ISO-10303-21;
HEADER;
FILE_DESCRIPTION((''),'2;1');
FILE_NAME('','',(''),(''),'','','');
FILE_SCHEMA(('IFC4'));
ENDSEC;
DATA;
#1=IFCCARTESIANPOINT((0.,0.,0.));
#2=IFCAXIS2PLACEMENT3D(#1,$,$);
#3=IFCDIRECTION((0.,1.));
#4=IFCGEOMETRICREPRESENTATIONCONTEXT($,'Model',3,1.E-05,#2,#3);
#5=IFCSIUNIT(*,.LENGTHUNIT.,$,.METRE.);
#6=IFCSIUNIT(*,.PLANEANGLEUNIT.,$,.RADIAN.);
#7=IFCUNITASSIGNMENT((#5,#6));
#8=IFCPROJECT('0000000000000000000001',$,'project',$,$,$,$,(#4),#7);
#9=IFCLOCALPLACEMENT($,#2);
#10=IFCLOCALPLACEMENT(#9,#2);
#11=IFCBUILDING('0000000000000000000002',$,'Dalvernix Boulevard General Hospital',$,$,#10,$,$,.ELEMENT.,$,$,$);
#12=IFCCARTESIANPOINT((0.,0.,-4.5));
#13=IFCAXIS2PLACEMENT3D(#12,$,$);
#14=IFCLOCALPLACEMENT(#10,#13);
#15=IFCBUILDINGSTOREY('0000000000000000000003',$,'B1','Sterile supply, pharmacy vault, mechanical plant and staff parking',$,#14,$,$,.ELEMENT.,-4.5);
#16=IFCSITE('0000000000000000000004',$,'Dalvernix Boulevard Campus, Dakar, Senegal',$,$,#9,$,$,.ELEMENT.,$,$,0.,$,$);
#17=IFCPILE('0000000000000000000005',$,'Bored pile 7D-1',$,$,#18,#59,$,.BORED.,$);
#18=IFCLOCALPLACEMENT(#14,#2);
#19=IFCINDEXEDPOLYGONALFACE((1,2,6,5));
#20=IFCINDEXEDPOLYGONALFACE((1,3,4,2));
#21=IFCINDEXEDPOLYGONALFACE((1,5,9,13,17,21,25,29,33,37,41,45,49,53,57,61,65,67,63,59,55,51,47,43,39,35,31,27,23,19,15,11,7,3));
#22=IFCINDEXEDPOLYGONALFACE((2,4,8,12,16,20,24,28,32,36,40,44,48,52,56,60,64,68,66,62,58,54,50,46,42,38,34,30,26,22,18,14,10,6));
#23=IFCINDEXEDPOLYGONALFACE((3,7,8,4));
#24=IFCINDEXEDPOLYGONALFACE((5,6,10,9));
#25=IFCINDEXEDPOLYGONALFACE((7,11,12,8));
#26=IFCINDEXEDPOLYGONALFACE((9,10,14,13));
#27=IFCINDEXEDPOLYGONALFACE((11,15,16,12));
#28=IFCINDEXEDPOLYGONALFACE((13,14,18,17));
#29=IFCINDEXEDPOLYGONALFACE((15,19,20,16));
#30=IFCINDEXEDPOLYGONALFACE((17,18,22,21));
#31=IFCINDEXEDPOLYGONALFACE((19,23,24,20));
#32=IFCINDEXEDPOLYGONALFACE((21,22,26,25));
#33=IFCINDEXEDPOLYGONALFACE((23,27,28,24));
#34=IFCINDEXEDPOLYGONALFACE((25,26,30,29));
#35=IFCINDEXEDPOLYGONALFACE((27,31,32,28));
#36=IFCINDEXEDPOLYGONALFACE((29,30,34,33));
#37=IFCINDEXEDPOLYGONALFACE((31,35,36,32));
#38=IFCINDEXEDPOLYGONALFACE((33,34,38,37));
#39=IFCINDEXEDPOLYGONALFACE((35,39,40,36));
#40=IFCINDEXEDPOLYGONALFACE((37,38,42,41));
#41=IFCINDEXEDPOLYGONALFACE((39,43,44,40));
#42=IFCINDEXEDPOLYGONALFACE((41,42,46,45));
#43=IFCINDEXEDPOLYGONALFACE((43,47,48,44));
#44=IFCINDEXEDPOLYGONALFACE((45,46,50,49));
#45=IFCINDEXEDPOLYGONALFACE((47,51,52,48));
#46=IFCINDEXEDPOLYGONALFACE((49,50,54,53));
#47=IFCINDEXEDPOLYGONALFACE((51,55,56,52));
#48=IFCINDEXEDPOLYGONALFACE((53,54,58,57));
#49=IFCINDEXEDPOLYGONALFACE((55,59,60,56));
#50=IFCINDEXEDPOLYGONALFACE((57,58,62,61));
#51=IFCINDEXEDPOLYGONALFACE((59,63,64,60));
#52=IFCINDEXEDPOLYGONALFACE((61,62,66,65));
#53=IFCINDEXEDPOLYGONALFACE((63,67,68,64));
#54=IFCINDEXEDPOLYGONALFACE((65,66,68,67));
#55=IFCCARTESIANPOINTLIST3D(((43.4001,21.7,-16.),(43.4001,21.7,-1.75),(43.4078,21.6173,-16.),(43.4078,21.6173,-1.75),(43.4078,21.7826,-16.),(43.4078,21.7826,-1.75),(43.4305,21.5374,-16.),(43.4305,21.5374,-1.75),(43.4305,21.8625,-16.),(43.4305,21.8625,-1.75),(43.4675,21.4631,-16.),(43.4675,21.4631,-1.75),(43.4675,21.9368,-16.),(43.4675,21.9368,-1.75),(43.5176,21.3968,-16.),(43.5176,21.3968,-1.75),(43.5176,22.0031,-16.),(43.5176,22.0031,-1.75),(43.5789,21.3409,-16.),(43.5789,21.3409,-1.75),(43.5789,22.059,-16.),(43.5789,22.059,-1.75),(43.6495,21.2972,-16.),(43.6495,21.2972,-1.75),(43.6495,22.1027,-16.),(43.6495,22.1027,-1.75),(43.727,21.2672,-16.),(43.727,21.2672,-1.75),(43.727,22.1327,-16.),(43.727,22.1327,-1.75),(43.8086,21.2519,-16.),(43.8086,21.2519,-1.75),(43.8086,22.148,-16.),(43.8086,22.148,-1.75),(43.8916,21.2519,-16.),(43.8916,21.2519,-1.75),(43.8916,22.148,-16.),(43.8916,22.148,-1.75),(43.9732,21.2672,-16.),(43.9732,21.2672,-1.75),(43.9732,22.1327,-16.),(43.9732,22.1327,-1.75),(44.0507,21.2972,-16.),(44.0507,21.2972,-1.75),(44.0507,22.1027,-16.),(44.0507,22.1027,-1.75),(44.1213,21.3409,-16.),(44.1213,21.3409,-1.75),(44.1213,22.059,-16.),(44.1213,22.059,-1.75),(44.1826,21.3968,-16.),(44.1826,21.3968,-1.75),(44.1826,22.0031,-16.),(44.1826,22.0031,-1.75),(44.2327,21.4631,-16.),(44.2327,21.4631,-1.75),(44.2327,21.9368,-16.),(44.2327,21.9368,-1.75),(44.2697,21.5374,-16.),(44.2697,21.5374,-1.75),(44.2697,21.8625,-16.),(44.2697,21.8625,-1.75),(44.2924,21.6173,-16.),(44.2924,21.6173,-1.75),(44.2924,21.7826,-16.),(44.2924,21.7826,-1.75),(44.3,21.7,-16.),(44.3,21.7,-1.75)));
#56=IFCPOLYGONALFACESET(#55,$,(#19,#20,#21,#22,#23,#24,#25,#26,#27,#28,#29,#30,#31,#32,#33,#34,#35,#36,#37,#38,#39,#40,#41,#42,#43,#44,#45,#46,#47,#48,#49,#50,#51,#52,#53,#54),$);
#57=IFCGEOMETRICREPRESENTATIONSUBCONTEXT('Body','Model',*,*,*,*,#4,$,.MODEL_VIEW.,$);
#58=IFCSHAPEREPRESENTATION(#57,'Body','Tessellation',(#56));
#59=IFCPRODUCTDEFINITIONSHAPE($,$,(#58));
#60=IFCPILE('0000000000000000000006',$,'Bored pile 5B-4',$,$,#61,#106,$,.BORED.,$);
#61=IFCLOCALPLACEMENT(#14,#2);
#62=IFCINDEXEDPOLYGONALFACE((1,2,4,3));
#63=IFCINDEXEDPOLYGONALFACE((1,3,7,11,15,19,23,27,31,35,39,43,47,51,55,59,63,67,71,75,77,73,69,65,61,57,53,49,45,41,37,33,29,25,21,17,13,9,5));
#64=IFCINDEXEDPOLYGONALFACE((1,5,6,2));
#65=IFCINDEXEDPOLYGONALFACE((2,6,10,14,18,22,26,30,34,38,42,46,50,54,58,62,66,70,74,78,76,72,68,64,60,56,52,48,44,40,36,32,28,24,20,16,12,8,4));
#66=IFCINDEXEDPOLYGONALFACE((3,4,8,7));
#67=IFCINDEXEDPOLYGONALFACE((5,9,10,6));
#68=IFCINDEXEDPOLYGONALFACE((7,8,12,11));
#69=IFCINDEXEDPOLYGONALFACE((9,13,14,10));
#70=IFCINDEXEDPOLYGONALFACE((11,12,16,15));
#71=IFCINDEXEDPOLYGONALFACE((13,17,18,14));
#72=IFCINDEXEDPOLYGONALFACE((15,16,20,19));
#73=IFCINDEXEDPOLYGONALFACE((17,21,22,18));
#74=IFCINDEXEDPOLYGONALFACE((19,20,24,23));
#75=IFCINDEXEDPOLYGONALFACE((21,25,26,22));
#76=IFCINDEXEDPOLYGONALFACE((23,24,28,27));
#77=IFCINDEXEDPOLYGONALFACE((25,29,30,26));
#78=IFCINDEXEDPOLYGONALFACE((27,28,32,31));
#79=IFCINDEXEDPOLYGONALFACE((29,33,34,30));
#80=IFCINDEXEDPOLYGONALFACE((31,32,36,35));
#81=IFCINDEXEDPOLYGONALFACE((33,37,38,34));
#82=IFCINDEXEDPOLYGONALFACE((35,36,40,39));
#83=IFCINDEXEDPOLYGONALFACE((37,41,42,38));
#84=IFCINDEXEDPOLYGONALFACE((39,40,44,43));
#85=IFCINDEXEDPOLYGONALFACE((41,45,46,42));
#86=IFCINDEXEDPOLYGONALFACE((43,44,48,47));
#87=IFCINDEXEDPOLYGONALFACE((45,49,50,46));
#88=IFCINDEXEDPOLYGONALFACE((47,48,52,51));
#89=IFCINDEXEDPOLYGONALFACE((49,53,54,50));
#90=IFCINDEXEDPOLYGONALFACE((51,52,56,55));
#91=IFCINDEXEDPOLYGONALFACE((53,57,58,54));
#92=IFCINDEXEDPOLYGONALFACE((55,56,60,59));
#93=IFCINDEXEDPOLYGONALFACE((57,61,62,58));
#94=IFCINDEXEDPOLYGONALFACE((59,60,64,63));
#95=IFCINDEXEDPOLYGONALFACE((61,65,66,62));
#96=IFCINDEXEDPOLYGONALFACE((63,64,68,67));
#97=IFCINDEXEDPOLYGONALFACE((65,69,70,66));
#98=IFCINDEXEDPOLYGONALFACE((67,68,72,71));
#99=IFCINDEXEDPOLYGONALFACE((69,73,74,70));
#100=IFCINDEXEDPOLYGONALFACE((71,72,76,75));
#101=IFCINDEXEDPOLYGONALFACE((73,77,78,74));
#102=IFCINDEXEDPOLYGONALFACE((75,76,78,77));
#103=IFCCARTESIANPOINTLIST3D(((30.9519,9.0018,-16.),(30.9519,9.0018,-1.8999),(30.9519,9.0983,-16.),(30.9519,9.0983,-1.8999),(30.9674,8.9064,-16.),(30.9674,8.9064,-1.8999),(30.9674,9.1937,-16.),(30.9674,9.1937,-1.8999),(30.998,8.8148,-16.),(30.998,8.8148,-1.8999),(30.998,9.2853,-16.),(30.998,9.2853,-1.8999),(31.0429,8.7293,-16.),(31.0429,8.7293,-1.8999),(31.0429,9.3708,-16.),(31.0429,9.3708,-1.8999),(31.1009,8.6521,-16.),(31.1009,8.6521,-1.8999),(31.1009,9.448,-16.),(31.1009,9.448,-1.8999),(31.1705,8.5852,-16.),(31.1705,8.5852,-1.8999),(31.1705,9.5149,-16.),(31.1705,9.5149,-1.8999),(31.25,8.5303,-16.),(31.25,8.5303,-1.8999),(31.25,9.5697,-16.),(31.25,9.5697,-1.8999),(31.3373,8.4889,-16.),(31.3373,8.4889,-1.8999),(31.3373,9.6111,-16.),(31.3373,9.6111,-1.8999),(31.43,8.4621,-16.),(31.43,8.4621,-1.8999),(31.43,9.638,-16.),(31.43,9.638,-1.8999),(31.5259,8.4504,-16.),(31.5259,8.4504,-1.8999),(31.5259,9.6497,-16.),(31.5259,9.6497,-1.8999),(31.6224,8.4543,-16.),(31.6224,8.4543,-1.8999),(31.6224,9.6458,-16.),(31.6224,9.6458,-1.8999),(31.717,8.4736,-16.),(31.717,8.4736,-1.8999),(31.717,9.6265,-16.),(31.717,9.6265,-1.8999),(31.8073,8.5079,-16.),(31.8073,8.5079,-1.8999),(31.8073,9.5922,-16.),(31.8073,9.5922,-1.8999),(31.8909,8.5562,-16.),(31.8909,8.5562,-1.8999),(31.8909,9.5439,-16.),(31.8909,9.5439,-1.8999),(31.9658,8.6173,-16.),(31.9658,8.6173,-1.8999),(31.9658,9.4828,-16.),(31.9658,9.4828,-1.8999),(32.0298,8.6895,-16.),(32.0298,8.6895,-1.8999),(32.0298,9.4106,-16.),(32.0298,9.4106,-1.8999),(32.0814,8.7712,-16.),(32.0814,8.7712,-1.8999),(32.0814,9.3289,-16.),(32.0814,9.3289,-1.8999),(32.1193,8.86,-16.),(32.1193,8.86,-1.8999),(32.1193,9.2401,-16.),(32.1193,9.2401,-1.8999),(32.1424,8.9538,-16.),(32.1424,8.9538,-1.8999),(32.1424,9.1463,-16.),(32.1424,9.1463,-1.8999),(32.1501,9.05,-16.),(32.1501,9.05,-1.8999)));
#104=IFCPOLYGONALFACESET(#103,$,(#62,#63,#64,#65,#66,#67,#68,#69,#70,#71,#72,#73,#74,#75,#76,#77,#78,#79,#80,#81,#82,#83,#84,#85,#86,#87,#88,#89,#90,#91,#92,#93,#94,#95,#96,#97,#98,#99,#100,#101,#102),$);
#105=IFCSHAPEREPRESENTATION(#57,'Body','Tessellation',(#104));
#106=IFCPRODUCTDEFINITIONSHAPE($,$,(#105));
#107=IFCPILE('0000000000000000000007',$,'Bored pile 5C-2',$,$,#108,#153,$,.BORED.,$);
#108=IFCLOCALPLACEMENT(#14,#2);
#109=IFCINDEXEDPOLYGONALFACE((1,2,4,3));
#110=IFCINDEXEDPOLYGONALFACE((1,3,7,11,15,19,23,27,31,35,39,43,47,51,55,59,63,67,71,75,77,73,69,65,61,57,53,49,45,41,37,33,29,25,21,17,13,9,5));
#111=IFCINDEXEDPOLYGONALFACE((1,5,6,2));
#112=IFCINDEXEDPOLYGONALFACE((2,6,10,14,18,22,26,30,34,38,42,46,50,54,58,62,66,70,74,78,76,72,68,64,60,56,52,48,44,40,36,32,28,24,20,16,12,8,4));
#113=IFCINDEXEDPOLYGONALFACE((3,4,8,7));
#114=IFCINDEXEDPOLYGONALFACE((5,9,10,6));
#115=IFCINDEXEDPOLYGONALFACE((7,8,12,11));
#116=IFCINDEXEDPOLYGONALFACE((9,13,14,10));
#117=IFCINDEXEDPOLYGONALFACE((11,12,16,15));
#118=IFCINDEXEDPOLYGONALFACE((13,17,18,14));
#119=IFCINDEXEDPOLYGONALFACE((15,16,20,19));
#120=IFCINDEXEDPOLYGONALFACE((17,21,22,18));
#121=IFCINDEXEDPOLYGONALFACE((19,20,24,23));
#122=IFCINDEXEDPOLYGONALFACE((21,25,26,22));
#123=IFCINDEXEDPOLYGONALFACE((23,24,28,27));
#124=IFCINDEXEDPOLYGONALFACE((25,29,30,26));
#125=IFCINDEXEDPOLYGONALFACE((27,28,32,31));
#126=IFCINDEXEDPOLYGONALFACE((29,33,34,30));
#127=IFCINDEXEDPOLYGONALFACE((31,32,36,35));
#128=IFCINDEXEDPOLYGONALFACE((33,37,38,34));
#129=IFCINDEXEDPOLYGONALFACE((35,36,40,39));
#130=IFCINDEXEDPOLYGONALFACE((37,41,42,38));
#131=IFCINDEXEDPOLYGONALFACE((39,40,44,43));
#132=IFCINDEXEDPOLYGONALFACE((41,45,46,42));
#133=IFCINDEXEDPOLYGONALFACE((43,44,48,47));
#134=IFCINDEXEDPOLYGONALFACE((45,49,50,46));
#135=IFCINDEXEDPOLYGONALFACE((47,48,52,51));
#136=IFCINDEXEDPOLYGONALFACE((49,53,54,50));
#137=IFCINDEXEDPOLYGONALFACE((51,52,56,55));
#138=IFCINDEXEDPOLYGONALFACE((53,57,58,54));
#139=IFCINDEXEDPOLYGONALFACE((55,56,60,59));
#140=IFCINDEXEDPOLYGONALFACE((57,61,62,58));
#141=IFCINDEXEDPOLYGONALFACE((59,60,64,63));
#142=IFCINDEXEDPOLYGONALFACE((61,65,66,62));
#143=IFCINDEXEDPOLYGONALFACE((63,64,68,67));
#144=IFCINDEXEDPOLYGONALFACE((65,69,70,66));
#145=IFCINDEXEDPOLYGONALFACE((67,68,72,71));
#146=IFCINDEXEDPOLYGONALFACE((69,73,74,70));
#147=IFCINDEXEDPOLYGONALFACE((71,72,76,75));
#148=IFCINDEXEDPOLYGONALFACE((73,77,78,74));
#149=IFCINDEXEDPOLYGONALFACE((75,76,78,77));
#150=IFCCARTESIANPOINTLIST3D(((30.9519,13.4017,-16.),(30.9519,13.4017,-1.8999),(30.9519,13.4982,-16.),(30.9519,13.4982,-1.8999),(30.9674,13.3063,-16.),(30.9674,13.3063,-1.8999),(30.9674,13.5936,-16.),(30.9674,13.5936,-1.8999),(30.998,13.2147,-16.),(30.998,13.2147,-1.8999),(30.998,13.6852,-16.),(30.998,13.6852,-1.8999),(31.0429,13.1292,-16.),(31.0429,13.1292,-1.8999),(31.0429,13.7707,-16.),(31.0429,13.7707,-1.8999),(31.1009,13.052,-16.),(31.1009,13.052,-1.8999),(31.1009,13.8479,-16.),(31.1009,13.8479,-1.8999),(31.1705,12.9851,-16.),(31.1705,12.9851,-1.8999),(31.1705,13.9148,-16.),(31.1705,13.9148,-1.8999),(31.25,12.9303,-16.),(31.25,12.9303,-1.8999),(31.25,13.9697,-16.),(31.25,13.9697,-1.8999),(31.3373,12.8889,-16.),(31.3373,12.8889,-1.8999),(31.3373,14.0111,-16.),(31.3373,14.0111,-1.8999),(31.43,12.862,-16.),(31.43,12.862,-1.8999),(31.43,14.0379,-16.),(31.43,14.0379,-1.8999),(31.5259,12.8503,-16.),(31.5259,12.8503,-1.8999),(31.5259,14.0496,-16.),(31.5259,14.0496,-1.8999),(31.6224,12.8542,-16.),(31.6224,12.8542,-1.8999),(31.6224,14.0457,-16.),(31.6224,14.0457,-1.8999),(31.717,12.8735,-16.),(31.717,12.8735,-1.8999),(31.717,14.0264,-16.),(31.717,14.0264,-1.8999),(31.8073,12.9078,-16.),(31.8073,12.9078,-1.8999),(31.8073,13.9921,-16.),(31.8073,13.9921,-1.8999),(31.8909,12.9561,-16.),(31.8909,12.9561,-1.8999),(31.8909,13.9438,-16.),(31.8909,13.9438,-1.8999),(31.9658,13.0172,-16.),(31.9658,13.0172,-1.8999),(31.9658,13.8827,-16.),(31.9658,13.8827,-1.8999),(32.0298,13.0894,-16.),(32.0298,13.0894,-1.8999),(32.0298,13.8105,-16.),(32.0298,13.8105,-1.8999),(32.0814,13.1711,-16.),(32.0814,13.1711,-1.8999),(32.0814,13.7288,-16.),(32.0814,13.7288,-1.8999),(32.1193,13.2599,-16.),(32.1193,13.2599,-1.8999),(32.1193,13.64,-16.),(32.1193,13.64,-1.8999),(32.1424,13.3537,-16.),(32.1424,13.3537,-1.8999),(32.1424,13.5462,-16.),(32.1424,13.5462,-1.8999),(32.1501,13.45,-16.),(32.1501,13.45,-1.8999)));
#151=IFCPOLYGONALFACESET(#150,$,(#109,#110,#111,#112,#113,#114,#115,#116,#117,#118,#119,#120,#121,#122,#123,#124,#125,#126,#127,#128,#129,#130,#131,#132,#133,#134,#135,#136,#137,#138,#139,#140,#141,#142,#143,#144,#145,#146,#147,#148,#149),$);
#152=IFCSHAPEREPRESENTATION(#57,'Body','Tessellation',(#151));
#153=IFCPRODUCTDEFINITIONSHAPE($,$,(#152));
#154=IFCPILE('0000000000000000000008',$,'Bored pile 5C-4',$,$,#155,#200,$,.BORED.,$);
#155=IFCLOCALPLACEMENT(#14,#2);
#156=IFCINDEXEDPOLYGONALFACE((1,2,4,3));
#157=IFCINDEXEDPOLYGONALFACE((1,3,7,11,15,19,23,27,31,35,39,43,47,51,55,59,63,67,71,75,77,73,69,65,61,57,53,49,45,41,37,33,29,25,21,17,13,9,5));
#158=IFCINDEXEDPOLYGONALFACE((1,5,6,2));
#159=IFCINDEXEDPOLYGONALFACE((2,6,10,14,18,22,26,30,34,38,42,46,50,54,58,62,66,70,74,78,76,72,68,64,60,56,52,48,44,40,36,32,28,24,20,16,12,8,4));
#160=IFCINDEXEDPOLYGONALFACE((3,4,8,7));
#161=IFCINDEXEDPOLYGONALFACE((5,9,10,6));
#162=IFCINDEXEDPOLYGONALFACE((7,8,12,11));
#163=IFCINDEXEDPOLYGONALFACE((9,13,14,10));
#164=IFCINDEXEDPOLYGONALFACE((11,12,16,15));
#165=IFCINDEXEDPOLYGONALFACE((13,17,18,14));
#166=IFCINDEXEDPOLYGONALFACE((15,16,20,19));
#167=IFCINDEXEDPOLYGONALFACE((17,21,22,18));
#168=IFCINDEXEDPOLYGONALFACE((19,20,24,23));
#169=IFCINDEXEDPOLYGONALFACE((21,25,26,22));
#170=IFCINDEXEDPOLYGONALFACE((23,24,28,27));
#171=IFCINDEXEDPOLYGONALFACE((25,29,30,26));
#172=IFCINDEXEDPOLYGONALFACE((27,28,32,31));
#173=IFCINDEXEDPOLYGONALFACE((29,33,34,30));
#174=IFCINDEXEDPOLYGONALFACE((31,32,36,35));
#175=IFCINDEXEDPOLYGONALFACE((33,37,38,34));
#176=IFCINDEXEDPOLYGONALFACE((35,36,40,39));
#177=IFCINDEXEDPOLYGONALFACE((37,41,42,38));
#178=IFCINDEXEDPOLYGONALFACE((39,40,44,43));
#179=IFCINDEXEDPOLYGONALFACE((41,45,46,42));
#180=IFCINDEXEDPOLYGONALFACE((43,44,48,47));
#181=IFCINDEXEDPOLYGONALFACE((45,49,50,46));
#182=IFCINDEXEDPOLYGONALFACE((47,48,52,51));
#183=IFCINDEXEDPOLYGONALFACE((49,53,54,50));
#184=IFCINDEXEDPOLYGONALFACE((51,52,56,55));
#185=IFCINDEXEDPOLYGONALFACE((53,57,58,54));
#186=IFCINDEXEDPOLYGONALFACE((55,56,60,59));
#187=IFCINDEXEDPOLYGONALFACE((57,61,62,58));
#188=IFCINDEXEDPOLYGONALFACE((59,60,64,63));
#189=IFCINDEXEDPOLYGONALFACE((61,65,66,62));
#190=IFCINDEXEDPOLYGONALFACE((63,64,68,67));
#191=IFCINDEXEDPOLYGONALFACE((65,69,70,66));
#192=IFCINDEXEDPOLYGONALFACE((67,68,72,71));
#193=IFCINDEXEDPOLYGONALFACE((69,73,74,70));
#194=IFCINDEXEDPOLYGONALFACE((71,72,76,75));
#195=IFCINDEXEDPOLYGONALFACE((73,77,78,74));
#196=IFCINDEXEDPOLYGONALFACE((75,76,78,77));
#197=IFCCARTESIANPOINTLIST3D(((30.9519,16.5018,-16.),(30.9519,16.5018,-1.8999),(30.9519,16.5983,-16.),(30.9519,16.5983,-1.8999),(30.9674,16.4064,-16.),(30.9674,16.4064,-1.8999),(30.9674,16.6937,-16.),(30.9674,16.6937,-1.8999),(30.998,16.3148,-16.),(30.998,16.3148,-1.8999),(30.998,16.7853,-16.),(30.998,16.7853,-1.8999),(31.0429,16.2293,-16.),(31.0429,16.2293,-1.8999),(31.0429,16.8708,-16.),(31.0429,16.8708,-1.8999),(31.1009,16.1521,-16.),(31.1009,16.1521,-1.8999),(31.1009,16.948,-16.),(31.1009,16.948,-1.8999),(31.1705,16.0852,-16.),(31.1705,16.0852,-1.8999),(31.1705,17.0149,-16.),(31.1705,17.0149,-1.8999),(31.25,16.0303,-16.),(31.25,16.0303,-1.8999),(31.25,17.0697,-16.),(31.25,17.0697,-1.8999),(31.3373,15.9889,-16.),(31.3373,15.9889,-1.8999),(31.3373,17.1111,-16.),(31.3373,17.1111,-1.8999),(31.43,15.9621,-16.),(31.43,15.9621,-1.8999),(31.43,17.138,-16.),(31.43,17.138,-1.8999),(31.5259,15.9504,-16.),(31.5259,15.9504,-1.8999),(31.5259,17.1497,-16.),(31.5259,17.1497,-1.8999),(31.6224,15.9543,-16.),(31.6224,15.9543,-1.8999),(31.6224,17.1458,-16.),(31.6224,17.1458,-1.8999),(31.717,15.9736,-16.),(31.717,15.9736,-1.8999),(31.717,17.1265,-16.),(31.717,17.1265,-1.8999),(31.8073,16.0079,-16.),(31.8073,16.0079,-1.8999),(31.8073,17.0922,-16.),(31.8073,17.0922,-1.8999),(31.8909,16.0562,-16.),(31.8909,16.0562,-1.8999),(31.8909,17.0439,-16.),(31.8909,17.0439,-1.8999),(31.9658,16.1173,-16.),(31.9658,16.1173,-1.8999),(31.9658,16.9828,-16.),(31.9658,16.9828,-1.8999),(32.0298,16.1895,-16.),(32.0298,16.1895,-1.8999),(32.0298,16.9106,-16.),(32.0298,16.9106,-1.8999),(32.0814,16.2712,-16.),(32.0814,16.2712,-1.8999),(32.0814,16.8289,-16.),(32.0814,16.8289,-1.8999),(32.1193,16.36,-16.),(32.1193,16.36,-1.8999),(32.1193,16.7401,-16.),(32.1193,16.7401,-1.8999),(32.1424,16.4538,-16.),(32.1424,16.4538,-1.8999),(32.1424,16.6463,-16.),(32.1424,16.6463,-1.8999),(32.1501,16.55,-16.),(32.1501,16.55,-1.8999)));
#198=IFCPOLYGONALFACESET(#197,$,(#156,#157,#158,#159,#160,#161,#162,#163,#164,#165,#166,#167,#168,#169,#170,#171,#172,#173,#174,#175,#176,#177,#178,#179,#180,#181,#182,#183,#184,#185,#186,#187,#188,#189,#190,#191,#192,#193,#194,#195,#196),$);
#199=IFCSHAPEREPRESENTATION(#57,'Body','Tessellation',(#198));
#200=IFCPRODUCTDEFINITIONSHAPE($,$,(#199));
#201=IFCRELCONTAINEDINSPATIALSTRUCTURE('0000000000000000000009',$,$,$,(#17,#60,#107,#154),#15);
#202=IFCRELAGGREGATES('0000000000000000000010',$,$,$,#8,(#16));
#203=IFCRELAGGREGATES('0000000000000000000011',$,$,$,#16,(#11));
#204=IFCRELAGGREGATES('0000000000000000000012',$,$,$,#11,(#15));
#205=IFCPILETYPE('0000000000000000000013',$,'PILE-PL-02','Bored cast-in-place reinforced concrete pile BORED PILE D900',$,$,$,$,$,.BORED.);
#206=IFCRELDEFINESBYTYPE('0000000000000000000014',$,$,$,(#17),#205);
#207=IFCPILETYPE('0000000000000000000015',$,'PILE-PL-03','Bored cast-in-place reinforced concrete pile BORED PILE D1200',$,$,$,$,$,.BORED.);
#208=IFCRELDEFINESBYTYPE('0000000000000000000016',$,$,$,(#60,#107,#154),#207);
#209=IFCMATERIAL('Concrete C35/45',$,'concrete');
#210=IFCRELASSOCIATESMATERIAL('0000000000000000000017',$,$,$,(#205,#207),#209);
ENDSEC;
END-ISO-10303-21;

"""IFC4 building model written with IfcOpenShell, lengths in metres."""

from ifc_helpers import new_model, si_unit, direction, frame, origin, origin_2d, place, context, subcontext, project, spatial, circle, extrude, material, material_profile, profile_set, type_object, element, save


model = new_model("IFC4")

# Units and contexts
model_context = context("Model", 3, precision=1e-05, world=origin(), true_north=direction((0.0, 1.0)))
body_context = subcontext(model_context, "Body", "Model", "MODEL_VIEW")
ifc_project = project(units=[si_unit("LENGTHUNIT", "METRE"), si_unit("PLANEANGLEUNIT", "RADIAN")], contexts=[model_context])

# Site, building, storey
site_placement = place(None, origin())
site = spatial("IfcSite", under=ifc_project, at=site_placement, Name="Dalvernix Boulevard Campus, Dakar, Senegal", CompositionType="ELEMENT", RefElevation=0.0)
building_placement = place(site_placement, origin())
building = spatial("IfcBuilding", under=site, at=building_placement, Name="Dalvernix Boulevard General Hospital", CompositionType="ELEMENT")
storey_placement = place(building_placement, frame((0.0, 0.0, -4.5)))
storey = spatial("IfcBuildingStorey", under=building, at=storey_placement, Name="B1", Description="Sterile supply, pharmacy vault, mechanical plant and staff parking", CompositionType="ELEMENT", Elevation=-4.5)

# Shared definitions
ifc_material_1 = material(Name="Concrete C35/45", Category="concrete")

# Piles
ifc_material_profile_1 = material_profile(ifc_material_1, circle(Radius=0.45, at=origin_2d()), Name="BORED PILE D900")
ifc_profile_set_1 = profile_set([ifc_material_profile_1], Name="Concrete C35/45")
pile_type_1 = type_object("IfcPileType", Name="PILE-PL-02", Description="Bored cast-in-place reinforced concrete pile BORED PILE D900", PredefinedType="BORED", material=ifc_profile_set_1)
pile_1_placement = place(storey_placement, frame((43.8501, 21.7, -1.75), z_axis=(0.0, 0.0, -1.0), x_axis=(1.0, 0.0, 0.0)))
element("IfcPile", 1, at=pile_1_placement, inside=storey, type_object=pile_type_1, Name="Bored pile 7D-1", PredefinedType="BORED", context=body_context, shape_type="SweptSolid", body=[
    extrude(circle(Radius=0.45, at=origin_2d()), origin(), (0.0, 0.0, 1.0), 14.25),
])
ifc_material_profile_2 = material_profile(ifc_material_1, circle(Radius=0.6001, at=origin_2d()), Name="BORED PILE D1200")
ifc_profile_set_2 = profile_set([ifc_material_profile_2], Name="Concrete C35/45")
pile_type_2 = type_object("IfcPileType", Name="PILE-PL-03", Description="Bored cast-in-place reinforced concrete pile BORED PILE D1200", PredefinedType="BORED", material=ifc_profile_set_2)
for number, where, z_axis, x_axis, name in (
    (2, (31.55, 9.05, -1.8999), (0.0, 0.0, -1.0), (1.0, 0.0, 0.0), "Bored pile 5B-4"),
    (3, (31.55, 13.45, -1.8999), (0.0, 0.0, -1.0), (1.0, 0.0, 0.0), "Bored pile 5C-2"),
    (4, (31.55, 16.55, -1.8999), (0.0, 0.0, -1.0), (1.0, 0.0, 0.0), "Bored pile 5C-4"),
):
    element("IfcPile", number, at=place(storey_placement, frame(where, z_axis=z_axis, x_axis=x_axis)), inside=storey, type_object=pile_type_2, Name=name, PredefinedType="BORED", context=body_context, shape_type="SweptSolid", body=[
        extrude(circle(Radius=0.6001, at=origin_2d()), origin(), (0.0, 0.0, 1.0), 14.1001),
    ])

save(model, "model.ifc")
